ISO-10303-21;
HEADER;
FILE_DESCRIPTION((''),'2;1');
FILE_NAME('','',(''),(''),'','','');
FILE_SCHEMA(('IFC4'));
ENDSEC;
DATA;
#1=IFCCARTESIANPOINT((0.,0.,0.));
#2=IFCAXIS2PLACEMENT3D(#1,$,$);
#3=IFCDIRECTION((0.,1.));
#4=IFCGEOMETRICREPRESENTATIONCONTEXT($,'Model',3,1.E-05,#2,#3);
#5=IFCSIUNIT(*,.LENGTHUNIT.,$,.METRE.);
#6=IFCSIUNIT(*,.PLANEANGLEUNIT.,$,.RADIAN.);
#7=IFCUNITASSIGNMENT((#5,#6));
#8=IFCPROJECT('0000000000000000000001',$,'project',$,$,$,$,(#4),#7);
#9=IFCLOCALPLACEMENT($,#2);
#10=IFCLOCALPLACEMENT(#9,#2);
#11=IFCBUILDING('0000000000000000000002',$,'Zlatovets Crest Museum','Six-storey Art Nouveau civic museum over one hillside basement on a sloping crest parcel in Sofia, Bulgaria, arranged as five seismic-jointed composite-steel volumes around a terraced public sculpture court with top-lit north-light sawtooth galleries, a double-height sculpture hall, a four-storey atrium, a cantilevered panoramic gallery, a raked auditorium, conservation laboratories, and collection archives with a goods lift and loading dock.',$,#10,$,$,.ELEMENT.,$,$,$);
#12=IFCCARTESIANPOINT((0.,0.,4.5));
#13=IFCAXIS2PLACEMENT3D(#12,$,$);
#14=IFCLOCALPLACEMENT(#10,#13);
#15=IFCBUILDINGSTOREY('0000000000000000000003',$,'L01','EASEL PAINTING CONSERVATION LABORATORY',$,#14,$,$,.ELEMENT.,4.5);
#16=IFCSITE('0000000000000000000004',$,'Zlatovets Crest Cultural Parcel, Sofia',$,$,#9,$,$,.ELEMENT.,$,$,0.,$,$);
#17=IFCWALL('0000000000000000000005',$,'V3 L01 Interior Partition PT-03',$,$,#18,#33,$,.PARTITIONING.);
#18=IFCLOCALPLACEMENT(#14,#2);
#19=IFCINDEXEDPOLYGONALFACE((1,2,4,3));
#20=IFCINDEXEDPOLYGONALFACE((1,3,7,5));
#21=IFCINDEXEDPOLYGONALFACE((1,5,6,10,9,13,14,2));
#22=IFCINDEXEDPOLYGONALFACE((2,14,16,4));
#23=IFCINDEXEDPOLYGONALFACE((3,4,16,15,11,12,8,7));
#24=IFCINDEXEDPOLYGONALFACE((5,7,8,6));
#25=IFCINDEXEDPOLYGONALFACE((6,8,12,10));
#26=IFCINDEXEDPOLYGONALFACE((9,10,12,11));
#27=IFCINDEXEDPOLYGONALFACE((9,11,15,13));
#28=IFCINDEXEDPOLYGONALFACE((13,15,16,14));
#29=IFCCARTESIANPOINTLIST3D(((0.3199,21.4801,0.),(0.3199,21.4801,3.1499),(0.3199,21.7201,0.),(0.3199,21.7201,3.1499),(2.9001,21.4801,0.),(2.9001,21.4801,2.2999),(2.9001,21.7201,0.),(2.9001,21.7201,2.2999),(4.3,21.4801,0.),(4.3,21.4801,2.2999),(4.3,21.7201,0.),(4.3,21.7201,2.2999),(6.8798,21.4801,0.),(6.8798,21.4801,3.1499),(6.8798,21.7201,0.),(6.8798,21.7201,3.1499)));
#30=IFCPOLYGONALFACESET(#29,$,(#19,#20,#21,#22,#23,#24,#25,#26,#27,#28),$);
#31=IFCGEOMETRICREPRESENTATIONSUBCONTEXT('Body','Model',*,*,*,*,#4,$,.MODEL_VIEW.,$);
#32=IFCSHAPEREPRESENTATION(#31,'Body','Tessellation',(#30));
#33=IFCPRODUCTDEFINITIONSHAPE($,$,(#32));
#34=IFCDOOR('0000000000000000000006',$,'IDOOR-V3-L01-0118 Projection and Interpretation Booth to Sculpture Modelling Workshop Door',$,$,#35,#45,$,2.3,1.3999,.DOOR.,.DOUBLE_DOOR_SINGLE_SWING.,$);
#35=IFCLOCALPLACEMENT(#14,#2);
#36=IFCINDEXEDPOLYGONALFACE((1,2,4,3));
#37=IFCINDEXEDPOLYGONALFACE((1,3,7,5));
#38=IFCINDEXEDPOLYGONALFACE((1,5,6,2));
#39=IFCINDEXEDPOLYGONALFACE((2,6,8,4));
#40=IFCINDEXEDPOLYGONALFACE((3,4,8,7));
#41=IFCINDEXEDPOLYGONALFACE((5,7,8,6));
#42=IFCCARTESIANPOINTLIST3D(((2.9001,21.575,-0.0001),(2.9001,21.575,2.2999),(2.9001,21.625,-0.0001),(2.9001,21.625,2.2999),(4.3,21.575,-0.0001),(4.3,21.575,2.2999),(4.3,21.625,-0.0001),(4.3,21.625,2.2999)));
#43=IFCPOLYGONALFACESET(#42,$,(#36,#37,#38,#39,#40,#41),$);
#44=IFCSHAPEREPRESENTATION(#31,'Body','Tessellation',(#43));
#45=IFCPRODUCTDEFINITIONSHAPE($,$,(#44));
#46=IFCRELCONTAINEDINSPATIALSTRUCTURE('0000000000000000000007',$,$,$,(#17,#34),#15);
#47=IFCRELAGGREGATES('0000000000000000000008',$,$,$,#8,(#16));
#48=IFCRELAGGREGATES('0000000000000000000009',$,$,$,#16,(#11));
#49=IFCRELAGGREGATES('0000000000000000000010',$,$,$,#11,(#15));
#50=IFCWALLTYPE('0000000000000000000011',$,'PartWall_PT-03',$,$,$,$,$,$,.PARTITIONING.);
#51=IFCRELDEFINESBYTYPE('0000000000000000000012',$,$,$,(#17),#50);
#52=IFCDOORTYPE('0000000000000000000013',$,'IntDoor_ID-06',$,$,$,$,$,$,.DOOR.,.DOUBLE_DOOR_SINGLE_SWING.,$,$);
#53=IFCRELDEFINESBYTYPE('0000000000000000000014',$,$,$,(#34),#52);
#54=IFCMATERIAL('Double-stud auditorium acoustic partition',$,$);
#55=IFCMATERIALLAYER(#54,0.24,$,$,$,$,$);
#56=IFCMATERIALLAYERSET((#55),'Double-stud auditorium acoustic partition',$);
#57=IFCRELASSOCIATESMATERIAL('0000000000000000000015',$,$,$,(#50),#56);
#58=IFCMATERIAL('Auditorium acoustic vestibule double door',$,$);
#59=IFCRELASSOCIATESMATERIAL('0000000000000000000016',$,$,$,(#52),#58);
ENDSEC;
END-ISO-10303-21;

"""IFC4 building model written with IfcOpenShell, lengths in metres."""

from ifc_helpers import new_model, si_unit, direction, frame, frame_2d, origin, place, context, subcontext, project, spatial, rectangle, extrude, material, layer, layer_set, type_object, element, fill, save


model = new_model("IFC4")

# Units and contexts
model_context = context("Model", 3, precision=1e-05, world=origin(), true_north=direction((0.0, 1.0)))
body_context = subcontext(model_context, "Body", "Model", "MODEL_VIEW")
ifc_project = project(units=[si_unit("LENGTHUNIT", "METRE"), si_unit("PLANEANGLEUNIT", "RADIAN")], contexts=[model_context])

# Site, building, storey
site_placement = place(None, origin())
site = spatial("IfcSite", under=ifc_project, at=site_placement, Name="Zlatovets Crest Cultural Parcel, Sofia", CompositionType="ELEMENT", RefElevation=0.0)
building_placement = place(site_placement, origin())
building = spatial("IfcBuilding", under=site, at=building_placement, Name="Zlatovets Crest Museum", Description="Six-storey Art Nouveau civic museum over one hillside basement on a sloping crest parcel in Sofia, Bulgaria, arranged as five seismic-jointed composite-steel volumes around a terraced public sculpture court with top-lit north-light sawtooth galleries, a double-height sculpture hall, a four-storey atrium, a cantilevered panoramic gallery, a raked auditorium, conservation laboratories, and collection archives with a goods lift and loading dock.", CompositionType="ELEMENT")
storey_placement = place(building_placement, frame((0.0, 0.0, 4.5)))
storey = spatial("IfcBuildingStorey", under=building, at=storey_placement, Name="L01", Description="EASEL PAINTING CONSERVATION LABORATORY", CompositionType="ELEMENT", Elevation=4.5)

# Wall, opening, door
ifc_material_1 = material(Name="Double-stud auditorium acoustic partition")
ifc_layer_1 = layer(ifc_material_1, 0.24)
ifc_layer_set_1 = layer_set([ifc_layer_1], Name="Double-stud auditorium acoustic partition")
wall_type_1 = type_object("IfcWallType", Name="PartWall_PT-03", PredefinedType="PARTITIONING", material=ifc_layer_set_1)
wall_1_placement = place(storey_placement, frame((0.3201, 21.6001, 0.0), z_axis=(0.0, 0.0, 1.0), x_axis=(1.0, 0.0, 0.0)))
wall_1 = element("IfcWall", 1, at=wall_1_placement, inside=storey, type_object=wall_type_1, Name="V3 L01 Interior Partition PT-03", PredefinedType="PARTITIONING", context=body_context, shape_type="SweptSolid", body=[
    extrude(rectangle(XDim=6.5598, YDim=0.24, at=frame_2d((3.2798, 0.0))), origin(), (0.0, 0.0, 1.0), 3.1499),
])
opening_placement = place(wall_1_placement, frame((2.5801, 0.0, 0.0)))
opening = element("IfcOpeningElement", 2, at=opening_placement, cuts=wall_1, PredefinedType="OPENING", context=body_context, shape_type="SweptSolid", body=[
    extrude(rectangle(XDim=1.3999, YDim=2.3, at=frame_2d((0.7, 1.1499))), frame((0.0, 0.1299, 0.0), z_axis=(0.0, -1.0, 0.0), x_axis=(1.0, 0.0, 0.0)), (0.0, 0.0, 1.0), 0.26),
])
ifc_material_2 = material(Name="Auditorium acoustic vestibule double door")
door_type = type_object("IfcDoorType", Name="IntDoor_ID-06", OperationType="DOUBLE_DOOR_SINGLE_SWING", PredefinedType="DOOR", material=ifc_material_2)
door_placement = place(opening_placement, origin())
door = element("IfcDoor", 3, at=door_placement, inside=storey, type_object=door_type, Name="IDOOR-V3-L01-0118 Projection and Interpretation Booth to Sculpture Modelling Workshop Door", OperationType="DOUBLE_DOOR_SINGLE_SWING", OverallHeight=2.3, OverallWidth=1.3999, PredefinedType="DOOR", context=body_context, shape_type="SweptSolid", body=[
    extrude(rectangle(XDim=1.3999, YDim=2.3, at=frame_2d((0.7, 1.1499))), frame((0.0, 0.0249, 0.0), z_axis=(0.0, -1.0, 0.0), x_axis=(1.0, 0.0, 0.0)), (0.0, 0.0, 1.0), 0.05),
])
fill(opening, door)

save(model, "model.ifc")
